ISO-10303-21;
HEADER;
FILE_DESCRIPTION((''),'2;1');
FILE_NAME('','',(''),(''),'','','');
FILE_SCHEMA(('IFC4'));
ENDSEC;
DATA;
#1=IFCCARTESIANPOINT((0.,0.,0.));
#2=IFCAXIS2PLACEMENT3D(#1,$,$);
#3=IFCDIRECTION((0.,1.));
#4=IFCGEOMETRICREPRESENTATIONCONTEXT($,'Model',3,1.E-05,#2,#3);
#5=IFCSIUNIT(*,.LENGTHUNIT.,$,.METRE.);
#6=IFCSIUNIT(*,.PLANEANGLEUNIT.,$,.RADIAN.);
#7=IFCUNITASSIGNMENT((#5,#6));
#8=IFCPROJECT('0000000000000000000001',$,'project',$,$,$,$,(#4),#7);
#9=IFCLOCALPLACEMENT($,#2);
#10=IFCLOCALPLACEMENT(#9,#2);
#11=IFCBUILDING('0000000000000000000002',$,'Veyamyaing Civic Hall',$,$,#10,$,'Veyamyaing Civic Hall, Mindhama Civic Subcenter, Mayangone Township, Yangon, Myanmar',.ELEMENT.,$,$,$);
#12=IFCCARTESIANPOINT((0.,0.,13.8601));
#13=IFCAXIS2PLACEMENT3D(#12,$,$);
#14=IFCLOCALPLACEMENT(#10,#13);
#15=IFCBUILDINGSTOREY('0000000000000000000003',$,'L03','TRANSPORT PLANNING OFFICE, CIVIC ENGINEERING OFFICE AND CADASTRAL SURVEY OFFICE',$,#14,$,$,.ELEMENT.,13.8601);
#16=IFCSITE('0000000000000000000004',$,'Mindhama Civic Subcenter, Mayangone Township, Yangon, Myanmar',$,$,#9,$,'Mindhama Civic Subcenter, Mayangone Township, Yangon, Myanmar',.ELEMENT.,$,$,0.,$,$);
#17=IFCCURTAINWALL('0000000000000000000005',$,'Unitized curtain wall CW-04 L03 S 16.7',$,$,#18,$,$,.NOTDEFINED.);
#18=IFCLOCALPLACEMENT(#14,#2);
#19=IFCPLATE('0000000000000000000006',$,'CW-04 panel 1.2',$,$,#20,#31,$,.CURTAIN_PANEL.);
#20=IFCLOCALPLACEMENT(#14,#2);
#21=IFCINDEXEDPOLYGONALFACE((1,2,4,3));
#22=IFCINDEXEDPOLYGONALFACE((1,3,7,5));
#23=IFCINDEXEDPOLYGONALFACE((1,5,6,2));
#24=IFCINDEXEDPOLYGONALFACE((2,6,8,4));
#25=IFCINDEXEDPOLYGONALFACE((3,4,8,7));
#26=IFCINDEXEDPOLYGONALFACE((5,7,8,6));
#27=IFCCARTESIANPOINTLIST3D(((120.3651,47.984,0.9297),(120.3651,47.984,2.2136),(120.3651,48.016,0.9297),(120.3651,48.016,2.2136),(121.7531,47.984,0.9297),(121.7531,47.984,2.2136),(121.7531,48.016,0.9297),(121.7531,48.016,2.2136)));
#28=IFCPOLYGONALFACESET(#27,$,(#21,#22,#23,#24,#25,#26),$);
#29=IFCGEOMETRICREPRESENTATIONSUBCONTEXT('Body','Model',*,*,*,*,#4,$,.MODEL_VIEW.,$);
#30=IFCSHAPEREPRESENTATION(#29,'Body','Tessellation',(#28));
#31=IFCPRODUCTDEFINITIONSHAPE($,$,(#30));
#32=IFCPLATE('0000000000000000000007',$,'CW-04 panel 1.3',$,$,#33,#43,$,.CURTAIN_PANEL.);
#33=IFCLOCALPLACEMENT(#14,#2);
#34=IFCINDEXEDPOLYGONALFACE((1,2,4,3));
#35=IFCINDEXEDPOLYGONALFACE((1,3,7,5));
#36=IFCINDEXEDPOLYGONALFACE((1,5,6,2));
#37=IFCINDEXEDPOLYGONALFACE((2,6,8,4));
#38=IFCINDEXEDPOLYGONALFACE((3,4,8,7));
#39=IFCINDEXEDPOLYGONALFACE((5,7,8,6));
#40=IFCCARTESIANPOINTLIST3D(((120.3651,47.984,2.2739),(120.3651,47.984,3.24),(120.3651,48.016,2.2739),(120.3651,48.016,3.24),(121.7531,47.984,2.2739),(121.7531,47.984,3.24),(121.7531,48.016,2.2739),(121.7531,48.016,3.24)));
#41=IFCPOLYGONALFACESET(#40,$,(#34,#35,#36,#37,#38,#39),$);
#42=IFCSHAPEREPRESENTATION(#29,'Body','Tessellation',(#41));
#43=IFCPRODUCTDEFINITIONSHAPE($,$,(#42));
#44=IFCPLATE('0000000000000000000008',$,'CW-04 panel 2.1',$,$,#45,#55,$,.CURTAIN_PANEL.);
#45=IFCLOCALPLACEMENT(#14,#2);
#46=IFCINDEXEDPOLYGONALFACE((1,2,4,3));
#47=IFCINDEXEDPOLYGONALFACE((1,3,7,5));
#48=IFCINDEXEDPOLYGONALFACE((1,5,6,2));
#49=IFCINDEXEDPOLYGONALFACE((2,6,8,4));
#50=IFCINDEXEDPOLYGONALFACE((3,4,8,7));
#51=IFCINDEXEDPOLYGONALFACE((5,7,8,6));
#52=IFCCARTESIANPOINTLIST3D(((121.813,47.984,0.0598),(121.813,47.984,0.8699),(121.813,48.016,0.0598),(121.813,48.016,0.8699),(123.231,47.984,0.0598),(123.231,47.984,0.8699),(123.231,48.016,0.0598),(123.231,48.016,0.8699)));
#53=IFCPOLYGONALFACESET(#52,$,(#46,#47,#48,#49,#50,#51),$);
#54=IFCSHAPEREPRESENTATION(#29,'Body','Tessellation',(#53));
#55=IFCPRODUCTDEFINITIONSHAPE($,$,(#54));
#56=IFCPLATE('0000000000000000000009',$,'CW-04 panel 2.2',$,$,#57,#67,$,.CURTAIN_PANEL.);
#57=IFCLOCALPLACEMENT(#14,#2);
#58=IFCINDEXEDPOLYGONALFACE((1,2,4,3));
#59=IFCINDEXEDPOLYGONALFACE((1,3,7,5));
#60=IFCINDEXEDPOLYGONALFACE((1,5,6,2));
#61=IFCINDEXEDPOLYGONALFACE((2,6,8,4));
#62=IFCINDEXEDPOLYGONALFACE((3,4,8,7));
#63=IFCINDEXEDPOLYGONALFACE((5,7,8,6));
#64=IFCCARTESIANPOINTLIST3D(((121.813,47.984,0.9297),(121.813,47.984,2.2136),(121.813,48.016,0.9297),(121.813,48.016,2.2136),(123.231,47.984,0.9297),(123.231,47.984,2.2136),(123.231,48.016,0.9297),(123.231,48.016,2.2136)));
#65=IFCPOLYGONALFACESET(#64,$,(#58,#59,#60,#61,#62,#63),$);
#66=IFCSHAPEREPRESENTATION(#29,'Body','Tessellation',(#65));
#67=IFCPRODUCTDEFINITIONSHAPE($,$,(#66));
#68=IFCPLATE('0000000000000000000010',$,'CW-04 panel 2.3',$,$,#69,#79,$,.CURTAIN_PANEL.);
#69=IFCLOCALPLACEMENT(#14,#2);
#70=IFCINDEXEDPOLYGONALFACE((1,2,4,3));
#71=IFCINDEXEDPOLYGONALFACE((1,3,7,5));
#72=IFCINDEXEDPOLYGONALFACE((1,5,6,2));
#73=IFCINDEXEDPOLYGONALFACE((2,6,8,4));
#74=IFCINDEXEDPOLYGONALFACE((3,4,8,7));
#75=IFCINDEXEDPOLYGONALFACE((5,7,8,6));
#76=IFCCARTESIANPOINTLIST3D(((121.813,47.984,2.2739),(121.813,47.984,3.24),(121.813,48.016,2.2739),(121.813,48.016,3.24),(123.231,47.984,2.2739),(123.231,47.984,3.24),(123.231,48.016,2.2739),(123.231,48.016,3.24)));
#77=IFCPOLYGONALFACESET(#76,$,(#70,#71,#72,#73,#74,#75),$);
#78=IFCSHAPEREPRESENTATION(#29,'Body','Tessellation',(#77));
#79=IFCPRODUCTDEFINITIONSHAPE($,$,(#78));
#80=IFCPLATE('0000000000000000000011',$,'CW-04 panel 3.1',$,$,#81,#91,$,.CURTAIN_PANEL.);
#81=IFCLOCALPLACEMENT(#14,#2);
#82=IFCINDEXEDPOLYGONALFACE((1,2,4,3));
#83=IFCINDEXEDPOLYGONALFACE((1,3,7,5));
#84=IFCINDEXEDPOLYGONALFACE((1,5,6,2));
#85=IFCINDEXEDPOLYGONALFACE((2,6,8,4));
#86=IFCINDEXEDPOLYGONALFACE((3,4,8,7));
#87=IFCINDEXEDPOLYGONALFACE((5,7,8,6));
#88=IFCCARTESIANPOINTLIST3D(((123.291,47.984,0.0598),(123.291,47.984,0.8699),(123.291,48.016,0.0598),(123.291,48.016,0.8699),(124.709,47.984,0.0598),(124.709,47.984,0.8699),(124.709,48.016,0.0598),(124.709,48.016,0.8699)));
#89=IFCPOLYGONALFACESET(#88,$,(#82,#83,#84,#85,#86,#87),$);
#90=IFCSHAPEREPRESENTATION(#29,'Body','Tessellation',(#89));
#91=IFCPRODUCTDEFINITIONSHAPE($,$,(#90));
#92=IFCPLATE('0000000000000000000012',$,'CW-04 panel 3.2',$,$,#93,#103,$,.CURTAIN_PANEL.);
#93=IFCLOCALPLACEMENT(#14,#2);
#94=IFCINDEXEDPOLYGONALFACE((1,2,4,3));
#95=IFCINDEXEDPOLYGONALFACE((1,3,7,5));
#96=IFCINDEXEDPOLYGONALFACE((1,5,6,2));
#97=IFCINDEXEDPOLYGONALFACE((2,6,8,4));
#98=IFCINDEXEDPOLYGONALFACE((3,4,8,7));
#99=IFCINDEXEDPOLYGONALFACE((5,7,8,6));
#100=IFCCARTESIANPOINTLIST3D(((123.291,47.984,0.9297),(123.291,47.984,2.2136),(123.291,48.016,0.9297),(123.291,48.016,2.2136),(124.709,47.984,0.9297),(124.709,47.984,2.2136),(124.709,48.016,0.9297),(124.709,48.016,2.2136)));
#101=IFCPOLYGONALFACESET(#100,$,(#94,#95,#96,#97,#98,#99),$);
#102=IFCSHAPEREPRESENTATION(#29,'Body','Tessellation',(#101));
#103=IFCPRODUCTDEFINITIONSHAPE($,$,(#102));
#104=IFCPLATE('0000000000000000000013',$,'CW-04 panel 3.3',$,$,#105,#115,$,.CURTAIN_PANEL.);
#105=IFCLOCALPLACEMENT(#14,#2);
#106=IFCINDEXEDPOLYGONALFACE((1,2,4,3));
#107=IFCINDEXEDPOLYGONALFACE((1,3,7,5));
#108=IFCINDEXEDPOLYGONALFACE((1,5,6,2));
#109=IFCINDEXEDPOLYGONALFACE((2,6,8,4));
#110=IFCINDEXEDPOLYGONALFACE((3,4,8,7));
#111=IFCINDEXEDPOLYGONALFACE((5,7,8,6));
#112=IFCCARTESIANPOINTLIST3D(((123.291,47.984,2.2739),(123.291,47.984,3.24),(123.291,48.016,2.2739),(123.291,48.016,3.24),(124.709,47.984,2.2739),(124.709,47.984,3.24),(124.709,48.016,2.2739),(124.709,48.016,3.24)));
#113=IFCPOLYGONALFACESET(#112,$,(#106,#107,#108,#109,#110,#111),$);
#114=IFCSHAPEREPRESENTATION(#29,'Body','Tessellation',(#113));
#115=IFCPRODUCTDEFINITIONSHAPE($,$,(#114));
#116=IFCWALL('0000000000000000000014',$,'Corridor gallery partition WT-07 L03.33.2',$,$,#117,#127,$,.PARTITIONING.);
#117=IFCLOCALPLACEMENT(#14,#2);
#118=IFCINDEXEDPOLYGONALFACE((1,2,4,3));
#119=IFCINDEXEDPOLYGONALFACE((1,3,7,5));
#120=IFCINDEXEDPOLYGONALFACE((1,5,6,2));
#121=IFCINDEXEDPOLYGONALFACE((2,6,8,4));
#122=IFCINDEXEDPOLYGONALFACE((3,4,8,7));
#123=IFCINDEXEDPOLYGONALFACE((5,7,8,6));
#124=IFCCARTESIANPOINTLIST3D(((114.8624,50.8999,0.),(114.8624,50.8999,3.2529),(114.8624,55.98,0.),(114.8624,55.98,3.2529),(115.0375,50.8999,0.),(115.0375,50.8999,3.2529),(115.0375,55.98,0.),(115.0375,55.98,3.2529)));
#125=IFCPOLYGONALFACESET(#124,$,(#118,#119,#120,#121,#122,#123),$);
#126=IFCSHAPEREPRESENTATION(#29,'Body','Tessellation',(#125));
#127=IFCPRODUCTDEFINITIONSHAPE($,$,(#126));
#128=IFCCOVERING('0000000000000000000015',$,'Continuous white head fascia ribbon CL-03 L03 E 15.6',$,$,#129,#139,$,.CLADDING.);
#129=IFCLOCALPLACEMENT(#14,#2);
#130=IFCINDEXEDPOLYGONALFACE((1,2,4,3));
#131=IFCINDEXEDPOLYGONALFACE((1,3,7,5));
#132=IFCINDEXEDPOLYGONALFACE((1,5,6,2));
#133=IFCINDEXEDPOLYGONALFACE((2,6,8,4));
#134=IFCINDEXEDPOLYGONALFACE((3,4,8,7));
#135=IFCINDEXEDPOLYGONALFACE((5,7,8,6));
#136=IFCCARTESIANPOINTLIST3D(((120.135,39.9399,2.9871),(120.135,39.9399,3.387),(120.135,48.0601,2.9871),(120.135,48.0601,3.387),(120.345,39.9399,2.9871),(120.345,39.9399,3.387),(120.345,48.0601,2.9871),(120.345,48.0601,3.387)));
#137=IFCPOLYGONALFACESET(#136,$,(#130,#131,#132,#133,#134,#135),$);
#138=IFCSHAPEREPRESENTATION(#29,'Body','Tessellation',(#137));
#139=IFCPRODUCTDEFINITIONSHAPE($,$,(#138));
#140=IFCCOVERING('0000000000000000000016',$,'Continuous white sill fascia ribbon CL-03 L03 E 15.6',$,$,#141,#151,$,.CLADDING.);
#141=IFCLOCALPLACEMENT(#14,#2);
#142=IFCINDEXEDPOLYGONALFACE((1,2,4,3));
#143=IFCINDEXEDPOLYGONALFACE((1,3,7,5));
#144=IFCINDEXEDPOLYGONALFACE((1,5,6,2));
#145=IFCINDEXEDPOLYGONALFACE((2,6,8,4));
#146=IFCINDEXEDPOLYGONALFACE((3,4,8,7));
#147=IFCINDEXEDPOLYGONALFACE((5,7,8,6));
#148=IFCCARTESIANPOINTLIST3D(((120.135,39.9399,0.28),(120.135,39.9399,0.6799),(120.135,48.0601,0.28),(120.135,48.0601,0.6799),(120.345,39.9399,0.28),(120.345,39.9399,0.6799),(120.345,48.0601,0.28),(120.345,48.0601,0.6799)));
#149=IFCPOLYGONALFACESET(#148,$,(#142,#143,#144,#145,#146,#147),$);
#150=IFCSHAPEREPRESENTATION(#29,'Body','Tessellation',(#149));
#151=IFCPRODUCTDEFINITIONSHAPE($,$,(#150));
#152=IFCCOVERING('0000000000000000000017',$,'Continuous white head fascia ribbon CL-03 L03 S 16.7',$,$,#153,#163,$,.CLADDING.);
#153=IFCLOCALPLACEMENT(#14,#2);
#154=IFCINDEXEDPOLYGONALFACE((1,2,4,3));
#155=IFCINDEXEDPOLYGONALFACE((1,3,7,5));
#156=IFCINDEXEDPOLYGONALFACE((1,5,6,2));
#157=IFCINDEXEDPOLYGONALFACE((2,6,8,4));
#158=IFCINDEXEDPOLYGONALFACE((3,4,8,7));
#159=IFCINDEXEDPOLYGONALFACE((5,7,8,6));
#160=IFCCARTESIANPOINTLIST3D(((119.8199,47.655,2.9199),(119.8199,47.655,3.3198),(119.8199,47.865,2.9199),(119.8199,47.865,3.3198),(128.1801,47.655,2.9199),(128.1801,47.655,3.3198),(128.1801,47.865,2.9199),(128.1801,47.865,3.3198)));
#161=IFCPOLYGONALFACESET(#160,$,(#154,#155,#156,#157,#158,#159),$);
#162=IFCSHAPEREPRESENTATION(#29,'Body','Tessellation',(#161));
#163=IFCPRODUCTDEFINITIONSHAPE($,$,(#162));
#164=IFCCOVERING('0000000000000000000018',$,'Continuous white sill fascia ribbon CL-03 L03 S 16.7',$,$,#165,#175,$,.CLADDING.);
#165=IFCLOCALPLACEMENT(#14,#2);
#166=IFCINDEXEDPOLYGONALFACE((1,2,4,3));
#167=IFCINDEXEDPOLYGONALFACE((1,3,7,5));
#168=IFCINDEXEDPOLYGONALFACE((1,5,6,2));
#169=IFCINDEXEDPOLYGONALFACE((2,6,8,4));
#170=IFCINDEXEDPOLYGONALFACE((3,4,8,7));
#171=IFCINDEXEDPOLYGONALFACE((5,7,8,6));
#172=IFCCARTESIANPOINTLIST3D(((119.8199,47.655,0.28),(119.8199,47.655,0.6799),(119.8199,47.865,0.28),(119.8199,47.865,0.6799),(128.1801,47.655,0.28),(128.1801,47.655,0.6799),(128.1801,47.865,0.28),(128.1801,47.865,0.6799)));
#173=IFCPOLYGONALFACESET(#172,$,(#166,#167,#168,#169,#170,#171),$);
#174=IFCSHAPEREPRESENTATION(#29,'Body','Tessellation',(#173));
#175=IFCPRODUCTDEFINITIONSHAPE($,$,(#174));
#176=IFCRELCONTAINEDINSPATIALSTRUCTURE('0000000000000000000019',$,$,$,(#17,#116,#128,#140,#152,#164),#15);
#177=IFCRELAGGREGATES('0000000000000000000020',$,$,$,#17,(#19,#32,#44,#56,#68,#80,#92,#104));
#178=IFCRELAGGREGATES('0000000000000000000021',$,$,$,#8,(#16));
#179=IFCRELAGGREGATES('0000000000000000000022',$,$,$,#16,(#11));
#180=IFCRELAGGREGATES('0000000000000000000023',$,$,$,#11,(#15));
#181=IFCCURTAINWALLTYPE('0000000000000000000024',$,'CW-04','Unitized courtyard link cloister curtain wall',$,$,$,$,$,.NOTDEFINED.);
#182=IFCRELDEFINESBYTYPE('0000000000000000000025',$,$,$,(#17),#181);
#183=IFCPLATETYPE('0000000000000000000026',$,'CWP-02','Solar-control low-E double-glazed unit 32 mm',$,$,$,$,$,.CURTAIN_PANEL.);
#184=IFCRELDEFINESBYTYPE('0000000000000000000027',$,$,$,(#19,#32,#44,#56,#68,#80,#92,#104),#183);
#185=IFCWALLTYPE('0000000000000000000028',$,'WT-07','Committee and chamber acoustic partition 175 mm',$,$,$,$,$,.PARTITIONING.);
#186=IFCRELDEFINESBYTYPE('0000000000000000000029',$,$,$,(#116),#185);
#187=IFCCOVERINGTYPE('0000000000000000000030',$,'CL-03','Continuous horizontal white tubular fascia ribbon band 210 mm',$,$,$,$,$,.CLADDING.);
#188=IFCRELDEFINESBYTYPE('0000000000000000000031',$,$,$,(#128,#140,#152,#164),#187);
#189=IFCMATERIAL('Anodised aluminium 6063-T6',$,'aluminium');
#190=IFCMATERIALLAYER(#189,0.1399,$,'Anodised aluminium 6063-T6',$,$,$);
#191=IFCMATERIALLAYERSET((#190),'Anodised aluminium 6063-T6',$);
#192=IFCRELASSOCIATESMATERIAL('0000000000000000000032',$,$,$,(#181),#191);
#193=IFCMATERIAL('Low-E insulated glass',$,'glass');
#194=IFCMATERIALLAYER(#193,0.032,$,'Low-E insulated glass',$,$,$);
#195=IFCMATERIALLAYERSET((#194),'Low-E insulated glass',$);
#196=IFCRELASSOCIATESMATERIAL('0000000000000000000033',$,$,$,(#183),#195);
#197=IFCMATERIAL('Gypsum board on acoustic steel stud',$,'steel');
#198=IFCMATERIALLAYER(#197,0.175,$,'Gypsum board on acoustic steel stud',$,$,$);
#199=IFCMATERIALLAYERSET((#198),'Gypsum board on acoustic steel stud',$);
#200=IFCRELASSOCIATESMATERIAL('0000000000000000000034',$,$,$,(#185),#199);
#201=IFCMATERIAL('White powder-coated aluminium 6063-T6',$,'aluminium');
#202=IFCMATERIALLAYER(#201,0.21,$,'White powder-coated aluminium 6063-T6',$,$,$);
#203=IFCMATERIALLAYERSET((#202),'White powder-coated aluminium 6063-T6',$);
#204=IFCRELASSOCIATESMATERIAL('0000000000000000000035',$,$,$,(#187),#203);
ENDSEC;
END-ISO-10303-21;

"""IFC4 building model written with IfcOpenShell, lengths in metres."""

from ifc_helpers import new_model, si_unit, direction, frame, frame_2d, origin, origin_2d, place, context, subcontext, project, spatial, rectangle, extrude, material, layer, layer_set, type_object, element, aggregate, save


model = new_model("IFC4")

# Units and contexts
model_context = context("Model", 3, precision=1e-05, world=origin(), true_north=direction((0.0, 1.0)))
body_context = subcontext(model_context, "Body", "Model", "MODEL_VIEW")
ifc_project = project(units=[si_unit("LENGTHUNIT", "METRE"), si_unit("PLANEANGLEUNIT", "RADIAN")], contexts=[model_context])

# Site, building, storey
site_placement = place(None, origin())
site = spatial("IfcSite", under=ifc_project, at=site_placement, Name="Mindhama Civic Subcenter, Mayangone Township, Yangon, Myanmar", LongName="Mindhama Civic Subcenter, Mayangone Township, Yangon, Myanmar", CompositionType="ELEMENT", RefElevation=0.0)
building_placement = place(site_placement, origin())
building = spatial("IfcBuilding", under=site, at=building_placement, Name="Veyamyaing Civic Hall", LongName="Veyamyaing Civic Hall, Mindhama Civic Subcenter, Mayangone Township, Yangon, Myanmar", CompositionType="ELEMENT")
storey_placement = place(building_placement, frame((0.0, 0.0, 13.8601)))
storey = spatial("IfcBuildingStorey", under=building, at=storey_placement, Name="L03", Description="TRANSPORT PLANNING OFFICE, CIVIC ENGINEERING OFFICE AND CADASTRAL SURVEY OFFICE", CompositionType="ELEMENT", Elevation=13.8601)

# Curtain wall
ifc_material_1 = material(Name="Anodised aluminium 6063-T6", Category="aluminium")
ifc_layer_1 = layer(ifc_material_1, 0.1399, Name="Anodised aluminium 6063-T6")
ifc_layer_set_1 = layer_set([ifc_layer_1], Name="Anodised aluminium 6063-T6")
curtain_wall_type = type_object("IfcCurtainWallType", Name="CW-04", Description="Unitized courtyard link cloister curtain wall", PredefinedType="NOTDEFINED", material=ifc_layer_set_1)
curtain_wall_placement = place(storey_placement, origin())
curtain_wall = element("IfcCurtainWall", 1, at=curtain_wall_placement, inside=storey, type_object=curtain_wall_type, Name="Unitized curtain wall CW-04 L03 S 16.7", PredefinedType="NOTDEFINED")

# Plates
ifc_material_2 = material(Name="Low-E insulated glass", Category="glass")
ifc_layer_2 = layer(ifc_material_2, 0.032, Name="Low-E insulated glass")
ifc_layer_set_2 = layer_set([ifc_layer_2], Name="Low-E insulated glass")
plate_type = type_object("IfcPlateType", Name="CWP-02", Description="Solar-control low-E double-glazed unit 32 mm", PredefinedType="CURTAIN_PANEL", material=ifc_layer_set_2)
plate_1_placement = place(storey_placement, frame((121.0591, 48.0, 0.9297), z_axis=(0.0, 0.0, 1.0), x_axis=(1.0, 0.0, 0.0)))
plate_1 = element("IfcPlate", 2, at=plate_1_placement, type_object=plate_type, Name="CW-04 panel 1.2", PredefinedType="CURTAIN_PANEL", context=body_context, shape_type="SweptSolid", body=[
    extrude(rectangle(XDim=1.3879, YDim=0.032, at=origin_2d()), origin(), (0.0, 0.0, 1.0), 1.2839),
])
plate_2_placement = place(storey_placement, frame((121.0591, 48.0, 2.2739), z_axis=(0.0, 0.0, 1.0), x_axis=(1.0, 0.0, 0.0)))
plate_2 = element("IfcPlate", 3, at=plate_2_placement, type_object=plate_type, Name="CW-04 panel 1.3", PredefinedType="CURTAIN_PANEL", context=body_context, shape_type="SweptSolid", body=[
    extrude(rectangle(XDim=1.3879, YDim=0.032, at=origin_2d()), origin(), (0.0, 0.0, 1.0), 0.9661),
])
plate_3_placement = place(storey_placement, frame((122.522, 48.0, 0.0598), z_axis=(0.0, 0.0, 1.0), x_axis=(1.0, 0.0, 0.0)))
plate_3 = element("IfcPlate", 4, at=plate_3_placement, type_object=plate_type, Name="CW-04 panel 2.1", PredefinedType="CURTAIN_PANEL", context=body_context, shape_type="SweptSolid", body=[
    extrude(rectangle(XDim=1.418, YDim=0.032, at=origin_2d()), origin(), (0.0, 0.0, 1.0), 0.8101),
])
plate_4_placement = place(storey_placement, frame((122.522, 48.0, 0.9297), z_axis=(0.0, 0.0, 1.0), x_axis=(1.0, 0.0, 0.0)))
plate_4 = element("IfcPlate", 5, at=plate_4_placement, type_object=plate_type, Name="CW-04 panel 2.2", PredefinedType="CURTAIN_PANEL", context=body_context, shape_type="SweptSolid", body=[
    extrude(rectangle(XDim=1.418, YDim=0.032, at=origin_2d()), origin(), (0.0, 0.0, 1.0), 1.2839),
])
plate_5_placement = place(storey_placement, frame((122.522, 48.0, 2.2739), z_axis=(0.0, 0.0, 1.0), x_axis=(1.0, 0.0, 0.0)))
plate_5 = element("IfcPlate", 6, at=plate_5_placement, type_object=plate_type, Name="CW-04 panel 2.3", PredefinedType="CURTAIN_PANEL", context=body_context, shape_type="SweptSolid", body=[
    extrude(rectangle(XDim=1.418, YDim=0.032, at=origin_2d()), origin(), (0.0, 0.0, 1.0), 0.9661),
])
plate_6_placement = place(storey_placement, frame((124.0, 48.0, 0.0598), z_axis=(0.0, 0.0, 1.0), x_axis=(1.0, 0.0, 0.0)))
plate_6 = element("IfcPlate", 7, at=plate_6_placement, type_object=plate_type, Name="CW-04 panel 3.1", PredefinedType="CURTAIN_PANEL", context=body_context, shape_type="SweptSolid", body=[
    extrude(rectangle(XDim=1.418, YDim=0.032, at=origin_2d()), origin(), (0.0, 0.0, 1.0), 0.8101),
])
plate_7_placement = place(storey_placement, frame((124.0, 48.0, 0.9297), z_axis=(0.0, 0.0, 1.0), x_axis=(1.0, 0.0, 0.0)))
plate_7 = element("IfcPlate", 8, at=plate_7_placement, type_object=plate_type, Name="CW-04 panel 3.2", PredefinedType="CURTAIN_PANEL", context=body_context, shape_type="SweptSolid", body=[
    extrude(rectangle(XDim=1.418, YDim=0.032, at=origin_2d()), origin(), (0.0, 0.0, 1.0), 1.2839),
])
plate_8_placement = place(storey_placement, frame((124.0, 48.0, 2.2739), z_axis=(0.0, 0.0, 1.0), x_axis=(1.0, 0.0, 0.0)))
plate_8 = element("IfcPlate", 9, at=plate_8_placement, type_object=plate_type, Name="CW-04 panel 3.3", PredefinedType="CURTAIN_PANEL", context=body_context, shape_type="SweptSolid", body=[
    extrude(rectangle(XDim=1.418, YDim=0.032, at=origin_2d()), origin(), (0.0, 0.0, 1.0), 0.9661),
])
aggregate(curtain_wall, [plate_1, plate_2, plate_3, plate_4, plate_5, plate_6, plate_7, plate_8])

# Wall
ifc_material_3 = material(Name="Gypsum board on acoustic steel stud", Category="steel")
ifc_layer_3 = layer(ifc_material_3, 0.175, Name="Gypsum board on acoustic steel stud")
ifc_layer_set_3 = layer_set([ifc_layer_3], Name="Gypsum board on acoustic steel stud")
wall_type = type_object("IfcWallType", Name="WT-07", Description="Committee and chamber acoustic partition 175 mm", PredefinedType="PARTITIONING", material=ifc_layer_set_3)
wall_placement = place(storey_placement, frame((114.95, 50.8999, 0.0), z_axis=(0.0, 0.0, 1.0), x_axis=(0.0, 1.0, 0.0)))
element("IfcWall", 10, at=wall_placement, inside=storey, type_object=wall_type, Name="Corridor gallery partition WT-07 L03.33.2", PredefinedType="PARTITIONING", context=body_context, shape_type="SweptSolid", body=[
    extrude(rectangle(XDim=5.0801, YDim=0.175, at=frame_2d((2.54, 0.0))), origin(), (0.0, 0.0, 1.0), 3.2529),
])

# Coverings
ifc_material_4 = material(Name="White powder-coated aluminium 6063-T6", Category="aluminium")
ifc_layer_4 = layer(ifc_material_4, 0.21, Name="White powder-coated aluminium 6063-T6")
ifc_layer_set_4 = layer_set([ifc_layer_4], Name="White powder-coated aluminium 6063-T6")
covering_type = type_object("IfcCoveringType", Name="CL-03", Description="Continuous horizontal white tubular fascia ribbon band 210 mm", PredefinedType="CLADDING", material=ifc_layer_set_4)
for number, where, z_axis, x_axis, name in (
    (11, (120.24, 44.0, 2.9871), (0.0, 0.0, 1.0), (0.0, 1.0, 0.0), "Continuous white head fascia ribbon CL-03 L03 E 15.6"),
    (12, (120.24, 44.0, 0.28), (0.0, 0.0, 1.0), (0.0, 1.0, 0.0), "Continuous white sill fascia ribbon CL-03 L03 E 15.6"),
):
    element("IfcCovering", number, at=place(storey_placement, frame(where, z_axis=z_axis, x_axis=x_axis)), inside=storey, type_object=covering_type, Name=name, PredefinedType="CLADDING", context=body_context, shape_type="SweptSolid", body=[
        extrude(rectangle(XDim=8.1201, YDim=0.21, at=origin_2d()), origin(), (0.0, 0.0, 1.0), 0.3999),
    ])
for number, where, z_axis, x_axis, name in (
    (13, (124.0, 47.76, 2.9199), (0.0, 0.0, 1.0), (1.0, 0.0, 0.0), "Continuous white head fascia ribbon CL-03 L03 S 16.7"),
    (14, (124.0, 47.76, 0.28), (0.0, 0.0, 1.0), (1.0, 0.0, 0.0), "Continuous white sill fascia ribbon CL-03 L03 S 16.7"),
):
    element("IfcCovering", number, at=place(storey_placement, frame(where, z_axis=z_axis, x_axis=x_axis)), inside=storey, type_object=covering_type, Name=name, PredefinedType="CLADDING", context=body_context, shape_type="SweptSolid", body=[
        extrude(rectangle(XDim=8.3601, YDim=0.21, at=origin_2d()), origin(), (0.0, 0.0, 1.0), 0.3999),
    ])

save(model, "model.ifc")
